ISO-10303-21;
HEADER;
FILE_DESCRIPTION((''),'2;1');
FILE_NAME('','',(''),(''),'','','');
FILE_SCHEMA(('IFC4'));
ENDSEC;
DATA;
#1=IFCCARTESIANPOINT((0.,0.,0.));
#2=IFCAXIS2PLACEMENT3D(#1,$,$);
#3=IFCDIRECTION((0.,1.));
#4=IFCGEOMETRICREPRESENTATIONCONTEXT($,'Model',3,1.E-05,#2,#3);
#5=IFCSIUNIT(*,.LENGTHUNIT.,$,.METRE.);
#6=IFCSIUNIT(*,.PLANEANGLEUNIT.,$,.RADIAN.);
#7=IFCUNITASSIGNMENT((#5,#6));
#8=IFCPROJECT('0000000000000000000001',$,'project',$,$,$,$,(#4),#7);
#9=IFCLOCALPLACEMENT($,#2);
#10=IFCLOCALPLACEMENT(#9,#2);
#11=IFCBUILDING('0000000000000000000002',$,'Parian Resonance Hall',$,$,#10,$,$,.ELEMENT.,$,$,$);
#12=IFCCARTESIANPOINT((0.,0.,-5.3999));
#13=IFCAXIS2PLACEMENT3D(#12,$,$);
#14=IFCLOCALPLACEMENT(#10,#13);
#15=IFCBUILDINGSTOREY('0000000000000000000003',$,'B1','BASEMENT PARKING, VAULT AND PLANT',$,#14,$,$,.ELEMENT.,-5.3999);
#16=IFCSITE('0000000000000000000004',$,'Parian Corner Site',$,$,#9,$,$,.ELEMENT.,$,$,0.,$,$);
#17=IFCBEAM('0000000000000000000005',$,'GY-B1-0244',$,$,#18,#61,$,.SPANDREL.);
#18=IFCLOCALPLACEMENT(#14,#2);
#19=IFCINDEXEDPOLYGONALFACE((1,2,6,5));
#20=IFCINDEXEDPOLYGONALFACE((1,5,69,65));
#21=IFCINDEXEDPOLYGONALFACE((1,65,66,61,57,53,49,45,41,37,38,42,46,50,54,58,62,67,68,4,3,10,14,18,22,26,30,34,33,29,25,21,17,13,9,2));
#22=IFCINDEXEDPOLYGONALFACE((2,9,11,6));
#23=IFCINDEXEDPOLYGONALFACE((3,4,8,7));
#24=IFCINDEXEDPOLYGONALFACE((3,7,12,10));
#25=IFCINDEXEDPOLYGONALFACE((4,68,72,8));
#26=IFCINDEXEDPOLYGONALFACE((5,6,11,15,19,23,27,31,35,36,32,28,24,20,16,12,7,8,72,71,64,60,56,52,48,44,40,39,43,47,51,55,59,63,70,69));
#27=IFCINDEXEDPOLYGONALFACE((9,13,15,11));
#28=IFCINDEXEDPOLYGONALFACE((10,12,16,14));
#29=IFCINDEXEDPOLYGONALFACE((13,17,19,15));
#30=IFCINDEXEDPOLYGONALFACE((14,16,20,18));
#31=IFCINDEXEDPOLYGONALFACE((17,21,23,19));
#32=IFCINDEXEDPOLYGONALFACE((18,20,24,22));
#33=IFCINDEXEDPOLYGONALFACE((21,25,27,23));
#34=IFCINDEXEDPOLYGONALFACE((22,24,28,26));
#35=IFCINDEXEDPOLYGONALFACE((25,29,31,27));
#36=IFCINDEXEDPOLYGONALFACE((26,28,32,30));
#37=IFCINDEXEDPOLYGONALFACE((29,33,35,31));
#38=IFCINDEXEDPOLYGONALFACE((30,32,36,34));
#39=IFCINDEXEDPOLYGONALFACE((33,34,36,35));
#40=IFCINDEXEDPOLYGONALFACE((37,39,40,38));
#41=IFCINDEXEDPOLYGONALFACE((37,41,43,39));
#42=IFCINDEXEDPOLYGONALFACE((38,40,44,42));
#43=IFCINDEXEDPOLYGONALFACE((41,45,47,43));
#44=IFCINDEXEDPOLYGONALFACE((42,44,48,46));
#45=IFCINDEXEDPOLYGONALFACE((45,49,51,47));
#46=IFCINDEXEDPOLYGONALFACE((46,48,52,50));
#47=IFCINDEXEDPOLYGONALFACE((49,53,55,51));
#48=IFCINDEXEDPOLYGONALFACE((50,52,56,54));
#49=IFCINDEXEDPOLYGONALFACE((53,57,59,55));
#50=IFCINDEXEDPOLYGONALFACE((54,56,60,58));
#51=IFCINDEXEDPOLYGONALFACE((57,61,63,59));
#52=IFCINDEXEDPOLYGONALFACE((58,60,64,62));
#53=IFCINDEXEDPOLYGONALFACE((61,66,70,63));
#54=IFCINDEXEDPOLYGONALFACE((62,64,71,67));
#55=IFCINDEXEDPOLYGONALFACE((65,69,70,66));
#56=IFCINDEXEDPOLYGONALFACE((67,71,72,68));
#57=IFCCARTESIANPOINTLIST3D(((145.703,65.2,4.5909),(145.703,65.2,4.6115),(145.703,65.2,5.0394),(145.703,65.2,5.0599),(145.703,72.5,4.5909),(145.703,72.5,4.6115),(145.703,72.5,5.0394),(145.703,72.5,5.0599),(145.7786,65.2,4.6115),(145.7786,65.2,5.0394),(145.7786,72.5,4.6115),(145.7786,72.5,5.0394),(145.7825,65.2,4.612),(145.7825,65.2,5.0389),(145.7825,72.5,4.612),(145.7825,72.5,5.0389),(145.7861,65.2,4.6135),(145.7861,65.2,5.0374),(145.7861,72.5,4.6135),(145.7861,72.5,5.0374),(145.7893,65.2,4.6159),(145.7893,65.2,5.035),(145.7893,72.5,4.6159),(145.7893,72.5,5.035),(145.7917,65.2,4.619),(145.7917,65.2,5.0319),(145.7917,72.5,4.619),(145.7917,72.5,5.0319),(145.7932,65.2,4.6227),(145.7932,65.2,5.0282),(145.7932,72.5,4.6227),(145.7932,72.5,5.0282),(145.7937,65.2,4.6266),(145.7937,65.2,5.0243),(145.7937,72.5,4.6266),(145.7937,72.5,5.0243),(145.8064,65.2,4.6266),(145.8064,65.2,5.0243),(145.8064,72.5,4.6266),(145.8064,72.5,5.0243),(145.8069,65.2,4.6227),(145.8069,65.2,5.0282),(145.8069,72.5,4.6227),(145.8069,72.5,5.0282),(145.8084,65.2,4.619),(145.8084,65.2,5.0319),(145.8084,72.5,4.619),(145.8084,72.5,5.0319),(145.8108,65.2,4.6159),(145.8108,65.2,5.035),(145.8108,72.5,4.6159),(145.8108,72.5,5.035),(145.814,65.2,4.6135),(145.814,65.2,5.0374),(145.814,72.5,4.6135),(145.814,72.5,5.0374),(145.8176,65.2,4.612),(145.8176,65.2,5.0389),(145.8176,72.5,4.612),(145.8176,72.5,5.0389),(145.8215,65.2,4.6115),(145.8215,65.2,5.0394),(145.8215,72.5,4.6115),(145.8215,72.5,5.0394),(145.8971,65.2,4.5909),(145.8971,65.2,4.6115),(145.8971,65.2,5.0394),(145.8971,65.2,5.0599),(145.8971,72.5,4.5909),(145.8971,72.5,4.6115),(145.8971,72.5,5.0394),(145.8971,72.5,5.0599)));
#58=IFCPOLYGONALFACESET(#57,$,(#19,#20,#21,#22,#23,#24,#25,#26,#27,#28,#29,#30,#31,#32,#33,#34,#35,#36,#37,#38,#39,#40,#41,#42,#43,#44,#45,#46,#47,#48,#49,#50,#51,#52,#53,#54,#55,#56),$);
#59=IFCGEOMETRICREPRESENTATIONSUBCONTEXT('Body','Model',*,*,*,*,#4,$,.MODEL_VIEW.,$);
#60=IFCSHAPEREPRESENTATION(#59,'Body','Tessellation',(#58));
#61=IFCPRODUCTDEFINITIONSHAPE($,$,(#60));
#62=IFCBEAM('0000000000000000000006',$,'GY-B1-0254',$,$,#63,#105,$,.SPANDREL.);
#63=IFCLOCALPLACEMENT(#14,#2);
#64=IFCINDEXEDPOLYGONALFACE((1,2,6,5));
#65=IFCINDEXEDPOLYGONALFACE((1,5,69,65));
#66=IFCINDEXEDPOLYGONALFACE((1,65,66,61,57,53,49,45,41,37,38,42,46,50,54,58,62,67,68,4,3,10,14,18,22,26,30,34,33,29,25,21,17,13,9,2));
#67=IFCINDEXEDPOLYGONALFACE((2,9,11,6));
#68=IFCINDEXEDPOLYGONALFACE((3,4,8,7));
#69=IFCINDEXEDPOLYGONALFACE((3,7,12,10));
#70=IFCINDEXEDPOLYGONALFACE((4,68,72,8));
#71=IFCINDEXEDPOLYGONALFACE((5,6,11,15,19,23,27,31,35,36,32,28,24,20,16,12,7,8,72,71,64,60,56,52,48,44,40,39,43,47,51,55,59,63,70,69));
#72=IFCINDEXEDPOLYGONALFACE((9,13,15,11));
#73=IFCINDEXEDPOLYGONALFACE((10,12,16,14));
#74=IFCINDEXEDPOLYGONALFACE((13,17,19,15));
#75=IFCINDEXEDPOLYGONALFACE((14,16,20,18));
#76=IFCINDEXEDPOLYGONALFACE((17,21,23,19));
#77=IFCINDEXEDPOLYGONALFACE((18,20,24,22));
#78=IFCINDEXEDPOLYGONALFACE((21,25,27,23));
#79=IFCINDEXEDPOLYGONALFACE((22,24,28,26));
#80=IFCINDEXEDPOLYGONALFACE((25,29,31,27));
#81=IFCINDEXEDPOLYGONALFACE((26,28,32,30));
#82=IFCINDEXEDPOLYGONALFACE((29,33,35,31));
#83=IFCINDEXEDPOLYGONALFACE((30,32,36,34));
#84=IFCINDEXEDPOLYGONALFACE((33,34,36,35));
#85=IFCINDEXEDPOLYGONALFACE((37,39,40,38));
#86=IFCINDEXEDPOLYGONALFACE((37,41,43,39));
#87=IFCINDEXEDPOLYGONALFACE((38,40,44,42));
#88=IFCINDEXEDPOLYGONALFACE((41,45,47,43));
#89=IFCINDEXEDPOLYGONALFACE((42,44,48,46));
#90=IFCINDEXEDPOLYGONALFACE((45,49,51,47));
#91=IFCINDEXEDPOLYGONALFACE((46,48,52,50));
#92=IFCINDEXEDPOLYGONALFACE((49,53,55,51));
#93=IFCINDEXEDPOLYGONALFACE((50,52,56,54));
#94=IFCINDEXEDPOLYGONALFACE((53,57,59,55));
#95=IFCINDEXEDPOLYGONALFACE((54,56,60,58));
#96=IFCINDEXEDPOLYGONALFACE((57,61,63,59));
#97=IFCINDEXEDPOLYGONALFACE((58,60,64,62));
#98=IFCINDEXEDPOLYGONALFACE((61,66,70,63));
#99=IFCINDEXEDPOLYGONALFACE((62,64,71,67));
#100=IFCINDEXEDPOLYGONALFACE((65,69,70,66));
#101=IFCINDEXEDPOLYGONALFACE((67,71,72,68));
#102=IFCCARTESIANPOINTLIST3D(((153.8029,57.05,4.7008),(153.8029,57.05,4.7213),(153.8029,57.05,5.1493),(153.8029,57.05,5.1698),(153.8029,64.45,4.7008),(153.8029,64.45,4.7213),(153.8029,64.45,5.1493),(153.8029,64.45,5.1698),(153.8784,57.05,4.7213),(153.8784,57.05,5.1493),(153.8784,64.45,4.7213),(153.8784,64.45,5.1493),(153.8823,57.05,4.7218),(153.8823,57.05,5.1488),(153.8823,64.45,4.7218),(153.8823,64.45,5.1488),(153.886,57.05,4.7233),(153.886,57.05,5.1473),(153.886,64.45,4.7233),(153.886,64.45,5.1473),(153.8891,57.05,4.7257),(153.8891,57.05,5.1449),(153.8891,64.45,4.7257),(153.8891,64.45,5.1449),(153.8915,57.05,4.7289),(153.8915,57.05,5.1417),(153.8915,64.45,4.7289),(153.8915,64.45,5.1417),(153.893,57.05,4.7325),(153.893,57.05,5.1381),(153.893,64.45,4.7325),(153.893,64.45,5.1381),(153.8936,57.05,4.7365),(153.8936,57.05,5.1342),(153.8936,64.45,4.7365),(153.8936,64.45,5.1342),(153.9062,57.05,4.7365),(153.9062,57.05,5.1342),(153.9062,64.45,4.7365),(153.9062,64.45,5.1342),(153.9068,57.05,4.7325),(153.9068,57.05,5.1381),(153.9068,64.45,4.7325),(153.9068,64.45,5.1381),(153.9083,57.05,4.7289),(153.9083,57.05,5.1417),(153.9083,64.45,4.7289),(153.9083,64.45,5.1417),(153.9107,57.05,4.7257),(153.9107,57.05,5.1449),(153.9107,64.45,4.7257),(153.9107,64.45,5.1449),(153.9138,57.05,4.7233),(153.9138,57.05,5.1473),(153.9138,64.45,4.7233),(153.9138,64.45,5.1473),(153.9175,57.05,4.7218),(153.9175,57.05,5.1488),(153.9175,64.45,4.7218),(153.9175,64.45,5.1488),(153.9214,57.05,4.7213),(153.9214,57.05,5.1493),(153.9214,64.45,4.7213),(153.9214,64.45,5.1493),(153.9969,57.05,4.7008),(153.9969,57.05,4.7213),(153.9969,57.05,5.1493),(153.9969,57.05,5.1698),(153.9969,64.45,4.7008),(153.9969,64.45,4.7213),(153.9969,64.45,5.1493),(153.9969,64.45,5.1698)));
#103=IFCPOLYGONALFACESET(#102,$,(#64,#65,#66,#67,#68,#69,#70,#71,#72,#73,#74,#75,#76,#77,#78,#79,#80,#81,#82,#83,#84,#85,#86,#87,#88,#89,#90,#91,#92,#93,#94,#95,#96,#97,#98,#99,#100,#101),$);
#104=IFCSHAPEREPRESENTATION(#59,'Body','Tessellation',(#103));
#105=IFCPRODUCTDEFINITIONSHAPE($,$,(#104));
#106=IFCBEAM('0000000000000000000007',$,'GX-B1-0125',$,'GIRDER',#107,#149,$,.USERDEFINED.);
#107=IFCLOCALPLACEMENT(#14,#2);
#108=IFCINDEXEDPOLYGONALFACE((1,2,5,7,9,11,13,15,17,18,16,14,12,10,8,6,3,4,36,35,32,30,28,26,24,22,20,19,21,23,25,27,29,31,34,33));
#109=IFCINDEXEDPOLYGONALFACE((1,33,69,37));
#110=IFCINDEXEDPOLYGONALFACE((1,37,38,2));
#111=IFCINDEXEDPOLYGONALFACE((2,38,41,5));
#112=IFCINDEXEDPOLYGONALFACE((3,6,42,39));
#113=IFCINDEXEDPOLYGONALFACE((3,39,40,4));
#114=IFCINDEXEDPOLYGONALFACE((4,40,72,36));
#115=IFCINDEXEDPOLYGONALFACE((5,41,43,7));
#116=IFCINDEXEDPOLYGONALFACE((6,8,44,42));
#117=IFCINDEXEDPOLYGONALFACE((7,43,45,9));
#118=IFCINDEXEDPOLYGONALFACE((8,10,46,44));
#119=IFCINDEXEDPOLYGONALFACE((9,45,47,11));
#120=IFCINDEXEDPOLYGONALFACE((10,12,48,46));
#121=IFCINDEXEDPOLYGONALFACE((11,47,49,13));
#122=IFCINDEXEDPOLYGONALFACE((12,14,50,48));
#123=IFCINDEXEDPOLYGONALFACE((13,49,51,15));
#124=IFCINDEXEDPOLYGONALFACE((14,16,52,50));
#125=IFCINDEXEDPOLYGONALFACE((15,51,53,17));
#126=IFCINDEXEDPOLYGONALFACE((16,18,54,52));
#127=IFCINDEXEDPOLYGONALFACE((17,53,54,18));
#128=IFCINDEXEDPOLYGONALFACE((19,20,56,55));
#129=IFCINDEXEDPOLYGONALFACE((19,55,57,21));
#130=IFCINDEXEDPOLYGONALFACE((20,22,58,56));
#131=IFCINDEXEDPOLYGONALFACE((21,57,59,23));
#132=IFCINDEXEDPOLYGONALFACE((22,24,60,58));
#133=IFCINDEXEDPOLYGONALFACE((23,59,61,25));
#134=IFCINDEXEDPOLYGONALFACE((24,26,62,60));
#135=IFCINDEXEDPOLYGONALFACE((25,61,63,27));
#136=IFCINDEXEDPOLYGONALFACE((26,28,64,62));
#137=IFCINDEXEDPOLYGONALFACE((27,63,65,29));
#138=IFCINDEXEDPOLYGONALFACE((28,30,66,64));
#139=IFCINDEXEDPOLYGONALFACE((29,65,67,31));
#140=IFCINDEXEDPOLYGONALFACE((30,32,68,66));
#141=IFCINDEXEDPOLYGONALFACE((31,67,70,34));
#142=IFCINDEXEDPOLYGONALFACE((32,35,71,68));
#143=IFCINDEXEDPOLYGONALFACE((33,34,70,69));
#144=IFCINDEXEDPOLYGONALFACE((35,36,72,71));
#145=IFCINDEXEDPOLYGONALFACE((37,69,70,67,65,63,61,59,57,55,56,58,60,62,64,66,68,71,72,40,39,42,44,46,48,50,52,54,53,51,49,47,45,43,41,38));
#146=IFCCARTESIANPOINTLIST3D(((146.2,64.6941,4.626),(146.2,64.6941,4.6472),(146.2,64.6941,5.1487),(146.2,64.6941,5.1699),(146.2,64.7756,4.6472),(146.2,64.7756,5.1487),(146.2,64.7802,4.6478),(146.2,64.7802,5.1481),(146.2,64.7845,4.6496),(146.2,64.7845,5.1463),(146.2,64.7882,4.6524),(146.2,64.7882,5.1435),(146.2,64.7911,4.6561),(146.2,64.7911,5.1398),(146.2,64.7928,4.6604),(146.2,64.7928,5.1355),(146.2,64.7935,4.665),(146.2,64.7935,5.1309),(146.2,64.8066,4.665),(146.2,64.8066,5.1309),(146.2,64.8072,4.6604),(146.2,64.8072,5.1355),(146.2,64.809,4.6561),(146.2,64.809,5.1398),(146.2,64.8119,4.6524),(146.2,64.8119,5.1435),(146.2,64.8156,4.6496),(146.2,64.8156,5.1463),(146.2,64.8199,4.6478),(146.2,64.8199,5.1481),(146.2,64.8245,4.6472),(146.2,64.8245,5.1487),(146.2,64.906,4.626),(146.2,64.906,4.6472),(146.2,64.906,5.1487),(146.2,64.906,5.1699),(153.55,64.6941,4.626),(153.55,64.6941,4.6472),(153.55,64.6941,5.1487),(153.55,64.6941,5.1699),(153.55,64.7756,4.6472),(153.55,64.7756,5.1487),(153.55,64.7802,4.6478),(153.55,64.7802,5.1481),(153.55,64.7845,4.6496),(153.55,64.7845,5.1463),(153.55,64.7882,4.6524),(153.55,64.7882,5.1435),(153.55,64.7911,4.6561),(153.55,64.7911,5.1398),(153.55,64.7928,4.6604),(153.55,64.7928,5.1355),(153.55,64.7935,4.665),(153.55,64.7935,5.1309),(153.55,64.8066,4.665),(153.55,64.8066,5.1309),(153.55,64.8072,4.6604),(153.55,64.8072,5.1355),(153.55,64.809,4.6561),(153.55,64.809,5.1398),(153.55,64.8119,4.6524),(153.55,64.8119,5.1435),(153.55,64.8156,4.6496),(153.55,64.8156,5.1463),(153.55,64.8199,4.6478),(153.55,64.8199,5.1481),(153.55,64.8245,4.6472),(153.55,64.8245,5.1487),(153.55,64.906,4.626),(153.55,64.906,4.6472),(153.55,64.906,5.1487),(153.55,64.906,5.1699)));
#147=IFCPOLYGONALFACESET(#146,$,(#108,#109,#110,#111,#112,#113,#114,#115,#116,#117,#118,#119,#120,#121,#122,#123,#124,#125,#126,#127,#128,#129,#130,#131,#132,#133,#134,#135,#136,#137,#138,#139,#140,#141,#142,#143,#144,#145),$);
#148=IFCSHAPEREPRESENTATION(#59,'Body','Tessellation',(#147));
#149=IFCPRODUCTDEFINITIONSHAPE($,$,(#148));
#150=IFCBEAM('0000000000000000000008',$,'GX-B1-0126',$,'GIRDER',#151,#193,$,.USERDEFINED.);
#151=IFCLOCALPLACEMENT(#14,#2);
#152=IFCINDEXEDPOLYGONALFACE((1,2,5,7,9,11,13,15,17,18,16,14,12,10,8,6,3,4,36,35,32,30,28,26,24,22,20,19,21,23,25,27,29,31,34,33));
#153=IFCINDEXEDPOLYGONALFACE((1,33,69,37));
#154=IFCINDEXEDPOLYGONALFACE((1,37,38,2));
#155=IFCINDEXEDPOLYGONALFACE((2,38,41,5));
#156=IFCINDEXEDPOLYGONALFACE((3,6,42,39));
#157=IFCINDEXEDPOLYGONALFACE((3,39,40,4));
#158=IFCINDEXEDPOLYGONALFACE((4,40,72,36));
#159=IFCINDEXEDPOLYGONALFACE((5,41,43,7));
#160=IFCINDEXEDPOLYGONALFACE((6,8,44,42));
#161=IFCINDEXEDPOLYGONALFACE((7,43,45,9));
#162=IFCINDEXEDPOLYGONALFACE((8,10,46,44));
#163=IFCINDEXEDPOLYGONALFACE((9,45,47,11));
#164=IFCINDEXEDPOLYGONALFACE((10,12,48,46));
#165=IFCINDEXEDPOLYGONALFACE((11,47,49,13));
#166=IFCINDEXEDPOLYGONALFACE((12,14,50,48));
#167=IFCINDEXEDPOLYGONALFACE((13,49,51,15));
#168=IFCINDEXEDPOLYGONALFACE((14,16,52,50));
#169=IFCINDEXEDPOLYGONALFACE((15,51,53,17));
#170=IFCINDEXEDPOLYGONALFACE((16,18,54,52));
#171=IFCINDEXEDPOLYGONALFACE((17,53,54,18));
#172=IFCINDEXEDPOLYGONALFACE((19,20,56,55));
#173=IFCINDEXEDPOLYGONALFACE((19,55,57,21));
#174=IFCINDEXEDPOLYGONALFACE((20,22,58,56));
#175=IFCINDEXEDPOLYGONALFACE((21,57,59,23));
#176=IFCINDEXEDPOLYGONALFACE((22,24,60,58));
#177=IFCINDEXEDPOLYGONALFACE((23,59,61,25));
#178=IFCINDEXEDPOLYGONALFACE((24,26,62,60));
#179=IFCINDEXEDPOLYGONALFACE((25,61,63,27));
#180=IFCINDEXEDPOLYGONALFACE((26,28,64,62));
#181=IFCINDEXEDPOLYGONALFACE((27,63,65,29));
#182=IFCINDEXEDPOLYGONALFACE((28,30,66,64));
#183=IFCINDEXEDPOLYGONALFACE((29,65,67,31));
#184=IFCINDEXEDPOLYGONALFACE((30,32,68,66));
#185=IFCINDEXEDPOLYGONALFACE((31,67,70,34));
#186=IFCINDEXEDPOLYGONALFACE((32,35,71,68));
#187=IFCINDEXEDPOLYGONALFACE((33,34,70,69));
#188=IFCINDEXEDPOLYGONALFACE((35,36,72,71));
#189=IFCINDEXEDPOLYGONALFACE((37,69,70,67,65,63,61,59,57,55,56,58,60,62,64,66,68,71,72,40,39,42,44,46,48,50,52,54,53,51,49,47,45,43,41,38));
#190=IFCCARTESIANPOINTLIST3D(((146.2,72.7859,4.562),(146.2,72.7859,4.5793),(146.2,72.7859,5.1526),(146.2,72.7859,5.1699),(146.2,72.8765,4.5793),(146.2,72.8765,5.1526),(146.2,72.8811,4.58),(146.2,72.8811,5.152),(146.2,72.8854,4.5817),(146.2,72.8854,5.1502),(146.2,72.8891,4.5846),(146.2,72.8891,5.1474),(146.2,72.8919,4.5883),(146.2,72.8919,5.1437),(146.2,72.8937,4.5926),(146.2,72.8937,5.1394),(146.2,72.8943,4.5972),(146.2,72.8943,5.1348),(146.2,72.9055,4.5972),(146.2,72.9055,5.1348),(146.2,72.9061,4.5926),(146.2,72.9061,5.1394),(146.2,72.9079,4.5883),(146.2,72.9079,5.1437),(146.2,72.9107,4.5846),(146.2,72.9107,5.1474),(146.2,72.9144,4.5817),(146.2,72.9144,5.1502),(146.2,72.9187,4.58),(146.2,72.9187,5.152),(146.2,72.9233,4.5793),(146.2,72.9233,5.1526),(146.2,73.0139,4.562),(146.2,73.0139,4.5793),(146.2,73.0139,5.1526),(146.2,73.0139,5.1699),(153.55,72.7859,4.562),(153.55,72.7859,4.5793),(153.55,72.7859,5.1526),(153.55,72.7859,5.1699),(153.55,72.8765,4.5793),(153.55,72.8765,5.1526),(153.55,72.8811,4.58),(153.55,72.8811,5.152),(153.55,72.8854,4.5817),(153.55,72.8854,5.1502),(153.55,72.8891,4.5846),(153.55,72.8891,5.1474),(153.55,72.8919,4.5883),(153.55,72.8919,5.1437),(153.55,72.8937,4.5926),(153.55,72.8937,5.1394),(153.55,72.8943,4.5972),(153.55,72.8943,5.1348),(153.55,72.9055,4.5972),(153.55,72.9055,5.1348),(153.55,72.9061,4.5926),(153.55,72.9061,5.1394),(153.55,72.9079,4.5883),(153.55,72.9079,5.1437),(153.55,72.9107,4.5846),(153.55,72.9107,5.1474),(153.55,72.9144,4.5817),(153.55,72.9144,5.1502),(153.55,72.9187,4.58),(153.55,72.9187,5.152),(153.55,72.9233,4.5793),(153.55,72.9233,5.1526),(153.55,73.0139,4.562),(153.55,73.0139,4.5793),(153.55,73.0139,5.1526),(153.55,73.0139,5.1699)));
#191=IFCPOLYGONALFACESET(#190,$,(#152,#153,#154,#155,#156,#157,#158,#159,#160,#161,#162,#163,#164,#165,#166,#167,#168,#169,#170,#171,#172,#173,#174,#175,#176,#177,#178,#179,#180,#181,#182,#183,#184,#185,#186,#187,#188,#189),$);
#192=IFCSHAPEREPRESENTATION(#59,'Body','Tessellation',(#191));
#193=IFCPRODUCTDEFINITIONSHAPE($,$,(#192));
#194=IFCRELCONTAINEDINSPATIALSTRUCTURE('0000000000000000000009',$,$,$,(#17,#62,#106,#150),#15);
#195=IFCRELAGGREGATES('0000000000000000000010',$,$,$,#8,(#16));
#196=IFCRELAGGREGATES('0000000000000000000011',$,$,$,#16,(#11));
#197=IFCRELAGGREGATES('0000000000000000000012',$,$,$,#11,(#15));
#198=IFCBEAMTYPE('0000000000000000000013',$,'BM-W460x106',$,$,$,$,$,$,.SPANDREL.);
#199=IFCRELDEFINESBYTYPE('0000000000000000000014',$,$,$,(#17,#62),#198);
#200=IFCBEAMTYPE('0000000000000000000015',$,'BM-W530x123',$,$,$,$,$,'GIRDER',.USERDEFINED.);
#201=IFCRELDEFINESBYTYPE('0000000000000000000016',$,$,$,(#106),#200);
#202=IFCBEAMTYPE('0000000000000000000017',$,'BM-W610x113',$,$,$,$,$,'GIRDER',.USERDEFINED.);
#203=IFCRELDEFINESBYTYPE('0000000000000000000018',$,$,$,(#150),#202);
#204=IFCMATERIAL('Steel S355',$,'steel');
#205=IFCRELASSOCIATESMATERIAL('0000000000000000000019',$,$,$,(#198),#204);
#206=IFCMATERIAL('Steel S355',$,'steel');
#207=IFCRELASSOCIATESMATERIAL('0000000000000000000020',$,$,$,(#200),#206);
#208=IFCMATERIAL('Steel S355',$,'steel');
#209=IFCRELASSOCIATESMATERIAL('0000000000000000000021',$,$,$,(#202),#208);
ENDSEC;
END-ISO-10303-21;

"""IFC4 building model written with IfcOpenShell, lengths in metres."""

from ifc_helpers import new_model, si_unit, direction, frame, origin, origin_2d, place, context, subcontext, project, spatial, i_section, extrude, material, material_profile, profile_set, type_object, element, save


model = new_model("IFC4")

# Units and contexts
model_context = context("Model", 3, precision=1e-05, world=origin(), true_north=direction((0.0, 1.0)))
body_context = subcontext(model_context, "Body", "Model", "MODEL_VIEW")
ifc_project = project(units=[si_unit("LENGTHUNIT", "METRE"), si_unit("PLANEANGLEUNIT", "RADIAN")], contexts=[model_context])

# Site, building, storey
site_placement = place(None, origin())
site = spatial("IfcSite", under=ifc_project, at=site_placement, Name="Parian Corner Site", CompositionType="ELEMENT", RefElevation=0.0)
building_placement = place(site_placement, origin())
building = spatial("IfcBuilding", under=site, at=building_placement, Name="Parian Resonance Hall", CompositionType="ELEMENT")
storey_placement = place(building_placement, frame((0.0, 0.0, -5.3999)))
storey = spatial("IfcBuildingStorey", under=building, at=storey_placement, Name="B1", Description="BASEMENT PARKING, VAULT AND PLANT", CompositionType="ELEMENT", Elevation=-5.3999)

# Beams
ifc_material_1 = material(Name="Steel S355", Category="steel")
ifc_material_profile_1 = material_profile(ifc_material_1, i_section(OverallWidth=0.1941, OverallDepth=0.469, WebThickness=0.0127, FlangeThickness=0.0205, FilletRadius=0.0151, at=origin_2d()), Name="W460x106")
ifc_profile_set_1 = profile_set([ifc_material_profile_1], Name="Steel S355")
beam_type_1 = type_object("IfcBeamType", Name="BM-W460x106", PredefinedType="SPANDREL", material=ifc_profile_set_1)
beam_1_placement = place(storey_placement, frame((145.8, 65.2, 4.8254), z_axis=(0.0, 1.0, 0.0), x_axis=(-1.0, 0.0, 0.0)))
element("IfcBeam", 1, at=beam_1_placement, inside=storey, type_object=beam_type_1, Name="GY-B1-0244", PredefinedType="SPANDREL", context=body_context, shape_type="SweptSolid", body=[
    extrude(i_section(OverallWidth=0.1941, OverallDepth=0.469, WebThickness=0.0127, FlangeThickness=0.0205, FilletRadius=0.0151, at=origin_2d()), origin(), (0.0, 0.0, 1.0), 7.3),
])
beam_2_placement = place(storey_placement, frame((153.8999, 57.05, 4.9353), z_axis=(0.0, 1.0, 0.0), x_axis=(-1.0, 0.0, 0.0)))
element("IfcBeam", 2, at=beam_2_placement, inside=storey, type_object=beam_type_1, Name="GY-B1-0254", PredefinedType="SPANDREL", context=body_context, shape_type="SweptSolid", body=[
    extrude(i_section(OverallWidth=0.1941, OverallDepth=0.469, WebThickness=0.0127, FlangeThickness=0.0205, FilletRadius=0.0151, at=origin_2d()), origin(), (0.0, 0.0, 1.0), 7.3999),
])
ifc_material_2 = material(Name="Steel S355", Category="steel")
ifc_material_profile_2 = material_profile(ifc_material_2, i_section(OverallWidth=0.2119, OverallDepth=0.5439, WebThickness=0.0132, FlangeThickness=0.0212, FilletRadius=0.0178, at=origin_2d()), Name="W530x123")
ifc_profile_set_2 = profile_set([ifc_material_profile_2], Name="Steel S355")
beam_type_2 = type_object("IfcBeamType", Name="BM-W530x123", ElementType="GIRDER", PredefinedType="USERDEFINED", material=ifc_profile_set_2)
beam_3_placement = place(storey_placement, frame((146.2, 64.8, 4.8979), z_axis=(1.0, 0.0, 0.0), x_axis=(0.0, 1.0, 0.0)))
element("IfcBeam", 3, at=beam_3_placement, inside=storey, type_object=beam_type_2, Name="GX-B1-0125", ObjectType="GIRDER", PredefinedType="USERDEFINED", context=body_context, shape_type="SweptSolid", body=[
    extrude(i_section(OverallWidth=0.2119, OverallDepth=0.5439, WebThickness=0.0132, FlangeThickness=0.0212, FilletRadius=0.0178, at=origin_2d()), origin(), (0.0, 0.0, 1.0), 7.3501),
])
ifc_material_3 = material(Name="Steel S355", Category="steel")
ifc_material_profile_3 = material_profile(ifc_material_3, i_section(OverallWidth=0.228, OverallDepth=0.6079, WebThickness=0.0112, FlangeThickness=0.0173, FilletRadius=0.0178, at=origin_2d()), Name="W610x113")
ifc_profile_set_3 = profile_set([ifc_material_profile_3], Name="Steel S355")
beam_type_3 = type_object("IfcBeamType", Name="BM-W610x113", ElementType="GIRDER", PredefinedType="USERDEFINED", material=ifc_profile_set_3)
beam_4_placement = place(storey_placement, frame((146.2, 72.8999, 4.866), z_axis=(1.0, 0.0, 0.0), x_axis=(0.0, 1.0, 0.0)))
element("IfcBeam", 4, at=beam_4_placement, inside=storey, type_object=beam_type_3, Name="GX-B1-0126", ObjectType="GIRDER", PredefinedType="USERDEFINED", context=body_context, shape_type="SweptSolid", body=[
    extrude(i_section(OverallWidth=0.228, OverallDepth=0.6079, WebThickness=0.0112, FlangeThickness=0.0173, FilletRadius=0.0178, at=origin_2d()), origin(), (0.0, 0.0, 1.0), 7.3501),
])

save(model, "model.ifc")
